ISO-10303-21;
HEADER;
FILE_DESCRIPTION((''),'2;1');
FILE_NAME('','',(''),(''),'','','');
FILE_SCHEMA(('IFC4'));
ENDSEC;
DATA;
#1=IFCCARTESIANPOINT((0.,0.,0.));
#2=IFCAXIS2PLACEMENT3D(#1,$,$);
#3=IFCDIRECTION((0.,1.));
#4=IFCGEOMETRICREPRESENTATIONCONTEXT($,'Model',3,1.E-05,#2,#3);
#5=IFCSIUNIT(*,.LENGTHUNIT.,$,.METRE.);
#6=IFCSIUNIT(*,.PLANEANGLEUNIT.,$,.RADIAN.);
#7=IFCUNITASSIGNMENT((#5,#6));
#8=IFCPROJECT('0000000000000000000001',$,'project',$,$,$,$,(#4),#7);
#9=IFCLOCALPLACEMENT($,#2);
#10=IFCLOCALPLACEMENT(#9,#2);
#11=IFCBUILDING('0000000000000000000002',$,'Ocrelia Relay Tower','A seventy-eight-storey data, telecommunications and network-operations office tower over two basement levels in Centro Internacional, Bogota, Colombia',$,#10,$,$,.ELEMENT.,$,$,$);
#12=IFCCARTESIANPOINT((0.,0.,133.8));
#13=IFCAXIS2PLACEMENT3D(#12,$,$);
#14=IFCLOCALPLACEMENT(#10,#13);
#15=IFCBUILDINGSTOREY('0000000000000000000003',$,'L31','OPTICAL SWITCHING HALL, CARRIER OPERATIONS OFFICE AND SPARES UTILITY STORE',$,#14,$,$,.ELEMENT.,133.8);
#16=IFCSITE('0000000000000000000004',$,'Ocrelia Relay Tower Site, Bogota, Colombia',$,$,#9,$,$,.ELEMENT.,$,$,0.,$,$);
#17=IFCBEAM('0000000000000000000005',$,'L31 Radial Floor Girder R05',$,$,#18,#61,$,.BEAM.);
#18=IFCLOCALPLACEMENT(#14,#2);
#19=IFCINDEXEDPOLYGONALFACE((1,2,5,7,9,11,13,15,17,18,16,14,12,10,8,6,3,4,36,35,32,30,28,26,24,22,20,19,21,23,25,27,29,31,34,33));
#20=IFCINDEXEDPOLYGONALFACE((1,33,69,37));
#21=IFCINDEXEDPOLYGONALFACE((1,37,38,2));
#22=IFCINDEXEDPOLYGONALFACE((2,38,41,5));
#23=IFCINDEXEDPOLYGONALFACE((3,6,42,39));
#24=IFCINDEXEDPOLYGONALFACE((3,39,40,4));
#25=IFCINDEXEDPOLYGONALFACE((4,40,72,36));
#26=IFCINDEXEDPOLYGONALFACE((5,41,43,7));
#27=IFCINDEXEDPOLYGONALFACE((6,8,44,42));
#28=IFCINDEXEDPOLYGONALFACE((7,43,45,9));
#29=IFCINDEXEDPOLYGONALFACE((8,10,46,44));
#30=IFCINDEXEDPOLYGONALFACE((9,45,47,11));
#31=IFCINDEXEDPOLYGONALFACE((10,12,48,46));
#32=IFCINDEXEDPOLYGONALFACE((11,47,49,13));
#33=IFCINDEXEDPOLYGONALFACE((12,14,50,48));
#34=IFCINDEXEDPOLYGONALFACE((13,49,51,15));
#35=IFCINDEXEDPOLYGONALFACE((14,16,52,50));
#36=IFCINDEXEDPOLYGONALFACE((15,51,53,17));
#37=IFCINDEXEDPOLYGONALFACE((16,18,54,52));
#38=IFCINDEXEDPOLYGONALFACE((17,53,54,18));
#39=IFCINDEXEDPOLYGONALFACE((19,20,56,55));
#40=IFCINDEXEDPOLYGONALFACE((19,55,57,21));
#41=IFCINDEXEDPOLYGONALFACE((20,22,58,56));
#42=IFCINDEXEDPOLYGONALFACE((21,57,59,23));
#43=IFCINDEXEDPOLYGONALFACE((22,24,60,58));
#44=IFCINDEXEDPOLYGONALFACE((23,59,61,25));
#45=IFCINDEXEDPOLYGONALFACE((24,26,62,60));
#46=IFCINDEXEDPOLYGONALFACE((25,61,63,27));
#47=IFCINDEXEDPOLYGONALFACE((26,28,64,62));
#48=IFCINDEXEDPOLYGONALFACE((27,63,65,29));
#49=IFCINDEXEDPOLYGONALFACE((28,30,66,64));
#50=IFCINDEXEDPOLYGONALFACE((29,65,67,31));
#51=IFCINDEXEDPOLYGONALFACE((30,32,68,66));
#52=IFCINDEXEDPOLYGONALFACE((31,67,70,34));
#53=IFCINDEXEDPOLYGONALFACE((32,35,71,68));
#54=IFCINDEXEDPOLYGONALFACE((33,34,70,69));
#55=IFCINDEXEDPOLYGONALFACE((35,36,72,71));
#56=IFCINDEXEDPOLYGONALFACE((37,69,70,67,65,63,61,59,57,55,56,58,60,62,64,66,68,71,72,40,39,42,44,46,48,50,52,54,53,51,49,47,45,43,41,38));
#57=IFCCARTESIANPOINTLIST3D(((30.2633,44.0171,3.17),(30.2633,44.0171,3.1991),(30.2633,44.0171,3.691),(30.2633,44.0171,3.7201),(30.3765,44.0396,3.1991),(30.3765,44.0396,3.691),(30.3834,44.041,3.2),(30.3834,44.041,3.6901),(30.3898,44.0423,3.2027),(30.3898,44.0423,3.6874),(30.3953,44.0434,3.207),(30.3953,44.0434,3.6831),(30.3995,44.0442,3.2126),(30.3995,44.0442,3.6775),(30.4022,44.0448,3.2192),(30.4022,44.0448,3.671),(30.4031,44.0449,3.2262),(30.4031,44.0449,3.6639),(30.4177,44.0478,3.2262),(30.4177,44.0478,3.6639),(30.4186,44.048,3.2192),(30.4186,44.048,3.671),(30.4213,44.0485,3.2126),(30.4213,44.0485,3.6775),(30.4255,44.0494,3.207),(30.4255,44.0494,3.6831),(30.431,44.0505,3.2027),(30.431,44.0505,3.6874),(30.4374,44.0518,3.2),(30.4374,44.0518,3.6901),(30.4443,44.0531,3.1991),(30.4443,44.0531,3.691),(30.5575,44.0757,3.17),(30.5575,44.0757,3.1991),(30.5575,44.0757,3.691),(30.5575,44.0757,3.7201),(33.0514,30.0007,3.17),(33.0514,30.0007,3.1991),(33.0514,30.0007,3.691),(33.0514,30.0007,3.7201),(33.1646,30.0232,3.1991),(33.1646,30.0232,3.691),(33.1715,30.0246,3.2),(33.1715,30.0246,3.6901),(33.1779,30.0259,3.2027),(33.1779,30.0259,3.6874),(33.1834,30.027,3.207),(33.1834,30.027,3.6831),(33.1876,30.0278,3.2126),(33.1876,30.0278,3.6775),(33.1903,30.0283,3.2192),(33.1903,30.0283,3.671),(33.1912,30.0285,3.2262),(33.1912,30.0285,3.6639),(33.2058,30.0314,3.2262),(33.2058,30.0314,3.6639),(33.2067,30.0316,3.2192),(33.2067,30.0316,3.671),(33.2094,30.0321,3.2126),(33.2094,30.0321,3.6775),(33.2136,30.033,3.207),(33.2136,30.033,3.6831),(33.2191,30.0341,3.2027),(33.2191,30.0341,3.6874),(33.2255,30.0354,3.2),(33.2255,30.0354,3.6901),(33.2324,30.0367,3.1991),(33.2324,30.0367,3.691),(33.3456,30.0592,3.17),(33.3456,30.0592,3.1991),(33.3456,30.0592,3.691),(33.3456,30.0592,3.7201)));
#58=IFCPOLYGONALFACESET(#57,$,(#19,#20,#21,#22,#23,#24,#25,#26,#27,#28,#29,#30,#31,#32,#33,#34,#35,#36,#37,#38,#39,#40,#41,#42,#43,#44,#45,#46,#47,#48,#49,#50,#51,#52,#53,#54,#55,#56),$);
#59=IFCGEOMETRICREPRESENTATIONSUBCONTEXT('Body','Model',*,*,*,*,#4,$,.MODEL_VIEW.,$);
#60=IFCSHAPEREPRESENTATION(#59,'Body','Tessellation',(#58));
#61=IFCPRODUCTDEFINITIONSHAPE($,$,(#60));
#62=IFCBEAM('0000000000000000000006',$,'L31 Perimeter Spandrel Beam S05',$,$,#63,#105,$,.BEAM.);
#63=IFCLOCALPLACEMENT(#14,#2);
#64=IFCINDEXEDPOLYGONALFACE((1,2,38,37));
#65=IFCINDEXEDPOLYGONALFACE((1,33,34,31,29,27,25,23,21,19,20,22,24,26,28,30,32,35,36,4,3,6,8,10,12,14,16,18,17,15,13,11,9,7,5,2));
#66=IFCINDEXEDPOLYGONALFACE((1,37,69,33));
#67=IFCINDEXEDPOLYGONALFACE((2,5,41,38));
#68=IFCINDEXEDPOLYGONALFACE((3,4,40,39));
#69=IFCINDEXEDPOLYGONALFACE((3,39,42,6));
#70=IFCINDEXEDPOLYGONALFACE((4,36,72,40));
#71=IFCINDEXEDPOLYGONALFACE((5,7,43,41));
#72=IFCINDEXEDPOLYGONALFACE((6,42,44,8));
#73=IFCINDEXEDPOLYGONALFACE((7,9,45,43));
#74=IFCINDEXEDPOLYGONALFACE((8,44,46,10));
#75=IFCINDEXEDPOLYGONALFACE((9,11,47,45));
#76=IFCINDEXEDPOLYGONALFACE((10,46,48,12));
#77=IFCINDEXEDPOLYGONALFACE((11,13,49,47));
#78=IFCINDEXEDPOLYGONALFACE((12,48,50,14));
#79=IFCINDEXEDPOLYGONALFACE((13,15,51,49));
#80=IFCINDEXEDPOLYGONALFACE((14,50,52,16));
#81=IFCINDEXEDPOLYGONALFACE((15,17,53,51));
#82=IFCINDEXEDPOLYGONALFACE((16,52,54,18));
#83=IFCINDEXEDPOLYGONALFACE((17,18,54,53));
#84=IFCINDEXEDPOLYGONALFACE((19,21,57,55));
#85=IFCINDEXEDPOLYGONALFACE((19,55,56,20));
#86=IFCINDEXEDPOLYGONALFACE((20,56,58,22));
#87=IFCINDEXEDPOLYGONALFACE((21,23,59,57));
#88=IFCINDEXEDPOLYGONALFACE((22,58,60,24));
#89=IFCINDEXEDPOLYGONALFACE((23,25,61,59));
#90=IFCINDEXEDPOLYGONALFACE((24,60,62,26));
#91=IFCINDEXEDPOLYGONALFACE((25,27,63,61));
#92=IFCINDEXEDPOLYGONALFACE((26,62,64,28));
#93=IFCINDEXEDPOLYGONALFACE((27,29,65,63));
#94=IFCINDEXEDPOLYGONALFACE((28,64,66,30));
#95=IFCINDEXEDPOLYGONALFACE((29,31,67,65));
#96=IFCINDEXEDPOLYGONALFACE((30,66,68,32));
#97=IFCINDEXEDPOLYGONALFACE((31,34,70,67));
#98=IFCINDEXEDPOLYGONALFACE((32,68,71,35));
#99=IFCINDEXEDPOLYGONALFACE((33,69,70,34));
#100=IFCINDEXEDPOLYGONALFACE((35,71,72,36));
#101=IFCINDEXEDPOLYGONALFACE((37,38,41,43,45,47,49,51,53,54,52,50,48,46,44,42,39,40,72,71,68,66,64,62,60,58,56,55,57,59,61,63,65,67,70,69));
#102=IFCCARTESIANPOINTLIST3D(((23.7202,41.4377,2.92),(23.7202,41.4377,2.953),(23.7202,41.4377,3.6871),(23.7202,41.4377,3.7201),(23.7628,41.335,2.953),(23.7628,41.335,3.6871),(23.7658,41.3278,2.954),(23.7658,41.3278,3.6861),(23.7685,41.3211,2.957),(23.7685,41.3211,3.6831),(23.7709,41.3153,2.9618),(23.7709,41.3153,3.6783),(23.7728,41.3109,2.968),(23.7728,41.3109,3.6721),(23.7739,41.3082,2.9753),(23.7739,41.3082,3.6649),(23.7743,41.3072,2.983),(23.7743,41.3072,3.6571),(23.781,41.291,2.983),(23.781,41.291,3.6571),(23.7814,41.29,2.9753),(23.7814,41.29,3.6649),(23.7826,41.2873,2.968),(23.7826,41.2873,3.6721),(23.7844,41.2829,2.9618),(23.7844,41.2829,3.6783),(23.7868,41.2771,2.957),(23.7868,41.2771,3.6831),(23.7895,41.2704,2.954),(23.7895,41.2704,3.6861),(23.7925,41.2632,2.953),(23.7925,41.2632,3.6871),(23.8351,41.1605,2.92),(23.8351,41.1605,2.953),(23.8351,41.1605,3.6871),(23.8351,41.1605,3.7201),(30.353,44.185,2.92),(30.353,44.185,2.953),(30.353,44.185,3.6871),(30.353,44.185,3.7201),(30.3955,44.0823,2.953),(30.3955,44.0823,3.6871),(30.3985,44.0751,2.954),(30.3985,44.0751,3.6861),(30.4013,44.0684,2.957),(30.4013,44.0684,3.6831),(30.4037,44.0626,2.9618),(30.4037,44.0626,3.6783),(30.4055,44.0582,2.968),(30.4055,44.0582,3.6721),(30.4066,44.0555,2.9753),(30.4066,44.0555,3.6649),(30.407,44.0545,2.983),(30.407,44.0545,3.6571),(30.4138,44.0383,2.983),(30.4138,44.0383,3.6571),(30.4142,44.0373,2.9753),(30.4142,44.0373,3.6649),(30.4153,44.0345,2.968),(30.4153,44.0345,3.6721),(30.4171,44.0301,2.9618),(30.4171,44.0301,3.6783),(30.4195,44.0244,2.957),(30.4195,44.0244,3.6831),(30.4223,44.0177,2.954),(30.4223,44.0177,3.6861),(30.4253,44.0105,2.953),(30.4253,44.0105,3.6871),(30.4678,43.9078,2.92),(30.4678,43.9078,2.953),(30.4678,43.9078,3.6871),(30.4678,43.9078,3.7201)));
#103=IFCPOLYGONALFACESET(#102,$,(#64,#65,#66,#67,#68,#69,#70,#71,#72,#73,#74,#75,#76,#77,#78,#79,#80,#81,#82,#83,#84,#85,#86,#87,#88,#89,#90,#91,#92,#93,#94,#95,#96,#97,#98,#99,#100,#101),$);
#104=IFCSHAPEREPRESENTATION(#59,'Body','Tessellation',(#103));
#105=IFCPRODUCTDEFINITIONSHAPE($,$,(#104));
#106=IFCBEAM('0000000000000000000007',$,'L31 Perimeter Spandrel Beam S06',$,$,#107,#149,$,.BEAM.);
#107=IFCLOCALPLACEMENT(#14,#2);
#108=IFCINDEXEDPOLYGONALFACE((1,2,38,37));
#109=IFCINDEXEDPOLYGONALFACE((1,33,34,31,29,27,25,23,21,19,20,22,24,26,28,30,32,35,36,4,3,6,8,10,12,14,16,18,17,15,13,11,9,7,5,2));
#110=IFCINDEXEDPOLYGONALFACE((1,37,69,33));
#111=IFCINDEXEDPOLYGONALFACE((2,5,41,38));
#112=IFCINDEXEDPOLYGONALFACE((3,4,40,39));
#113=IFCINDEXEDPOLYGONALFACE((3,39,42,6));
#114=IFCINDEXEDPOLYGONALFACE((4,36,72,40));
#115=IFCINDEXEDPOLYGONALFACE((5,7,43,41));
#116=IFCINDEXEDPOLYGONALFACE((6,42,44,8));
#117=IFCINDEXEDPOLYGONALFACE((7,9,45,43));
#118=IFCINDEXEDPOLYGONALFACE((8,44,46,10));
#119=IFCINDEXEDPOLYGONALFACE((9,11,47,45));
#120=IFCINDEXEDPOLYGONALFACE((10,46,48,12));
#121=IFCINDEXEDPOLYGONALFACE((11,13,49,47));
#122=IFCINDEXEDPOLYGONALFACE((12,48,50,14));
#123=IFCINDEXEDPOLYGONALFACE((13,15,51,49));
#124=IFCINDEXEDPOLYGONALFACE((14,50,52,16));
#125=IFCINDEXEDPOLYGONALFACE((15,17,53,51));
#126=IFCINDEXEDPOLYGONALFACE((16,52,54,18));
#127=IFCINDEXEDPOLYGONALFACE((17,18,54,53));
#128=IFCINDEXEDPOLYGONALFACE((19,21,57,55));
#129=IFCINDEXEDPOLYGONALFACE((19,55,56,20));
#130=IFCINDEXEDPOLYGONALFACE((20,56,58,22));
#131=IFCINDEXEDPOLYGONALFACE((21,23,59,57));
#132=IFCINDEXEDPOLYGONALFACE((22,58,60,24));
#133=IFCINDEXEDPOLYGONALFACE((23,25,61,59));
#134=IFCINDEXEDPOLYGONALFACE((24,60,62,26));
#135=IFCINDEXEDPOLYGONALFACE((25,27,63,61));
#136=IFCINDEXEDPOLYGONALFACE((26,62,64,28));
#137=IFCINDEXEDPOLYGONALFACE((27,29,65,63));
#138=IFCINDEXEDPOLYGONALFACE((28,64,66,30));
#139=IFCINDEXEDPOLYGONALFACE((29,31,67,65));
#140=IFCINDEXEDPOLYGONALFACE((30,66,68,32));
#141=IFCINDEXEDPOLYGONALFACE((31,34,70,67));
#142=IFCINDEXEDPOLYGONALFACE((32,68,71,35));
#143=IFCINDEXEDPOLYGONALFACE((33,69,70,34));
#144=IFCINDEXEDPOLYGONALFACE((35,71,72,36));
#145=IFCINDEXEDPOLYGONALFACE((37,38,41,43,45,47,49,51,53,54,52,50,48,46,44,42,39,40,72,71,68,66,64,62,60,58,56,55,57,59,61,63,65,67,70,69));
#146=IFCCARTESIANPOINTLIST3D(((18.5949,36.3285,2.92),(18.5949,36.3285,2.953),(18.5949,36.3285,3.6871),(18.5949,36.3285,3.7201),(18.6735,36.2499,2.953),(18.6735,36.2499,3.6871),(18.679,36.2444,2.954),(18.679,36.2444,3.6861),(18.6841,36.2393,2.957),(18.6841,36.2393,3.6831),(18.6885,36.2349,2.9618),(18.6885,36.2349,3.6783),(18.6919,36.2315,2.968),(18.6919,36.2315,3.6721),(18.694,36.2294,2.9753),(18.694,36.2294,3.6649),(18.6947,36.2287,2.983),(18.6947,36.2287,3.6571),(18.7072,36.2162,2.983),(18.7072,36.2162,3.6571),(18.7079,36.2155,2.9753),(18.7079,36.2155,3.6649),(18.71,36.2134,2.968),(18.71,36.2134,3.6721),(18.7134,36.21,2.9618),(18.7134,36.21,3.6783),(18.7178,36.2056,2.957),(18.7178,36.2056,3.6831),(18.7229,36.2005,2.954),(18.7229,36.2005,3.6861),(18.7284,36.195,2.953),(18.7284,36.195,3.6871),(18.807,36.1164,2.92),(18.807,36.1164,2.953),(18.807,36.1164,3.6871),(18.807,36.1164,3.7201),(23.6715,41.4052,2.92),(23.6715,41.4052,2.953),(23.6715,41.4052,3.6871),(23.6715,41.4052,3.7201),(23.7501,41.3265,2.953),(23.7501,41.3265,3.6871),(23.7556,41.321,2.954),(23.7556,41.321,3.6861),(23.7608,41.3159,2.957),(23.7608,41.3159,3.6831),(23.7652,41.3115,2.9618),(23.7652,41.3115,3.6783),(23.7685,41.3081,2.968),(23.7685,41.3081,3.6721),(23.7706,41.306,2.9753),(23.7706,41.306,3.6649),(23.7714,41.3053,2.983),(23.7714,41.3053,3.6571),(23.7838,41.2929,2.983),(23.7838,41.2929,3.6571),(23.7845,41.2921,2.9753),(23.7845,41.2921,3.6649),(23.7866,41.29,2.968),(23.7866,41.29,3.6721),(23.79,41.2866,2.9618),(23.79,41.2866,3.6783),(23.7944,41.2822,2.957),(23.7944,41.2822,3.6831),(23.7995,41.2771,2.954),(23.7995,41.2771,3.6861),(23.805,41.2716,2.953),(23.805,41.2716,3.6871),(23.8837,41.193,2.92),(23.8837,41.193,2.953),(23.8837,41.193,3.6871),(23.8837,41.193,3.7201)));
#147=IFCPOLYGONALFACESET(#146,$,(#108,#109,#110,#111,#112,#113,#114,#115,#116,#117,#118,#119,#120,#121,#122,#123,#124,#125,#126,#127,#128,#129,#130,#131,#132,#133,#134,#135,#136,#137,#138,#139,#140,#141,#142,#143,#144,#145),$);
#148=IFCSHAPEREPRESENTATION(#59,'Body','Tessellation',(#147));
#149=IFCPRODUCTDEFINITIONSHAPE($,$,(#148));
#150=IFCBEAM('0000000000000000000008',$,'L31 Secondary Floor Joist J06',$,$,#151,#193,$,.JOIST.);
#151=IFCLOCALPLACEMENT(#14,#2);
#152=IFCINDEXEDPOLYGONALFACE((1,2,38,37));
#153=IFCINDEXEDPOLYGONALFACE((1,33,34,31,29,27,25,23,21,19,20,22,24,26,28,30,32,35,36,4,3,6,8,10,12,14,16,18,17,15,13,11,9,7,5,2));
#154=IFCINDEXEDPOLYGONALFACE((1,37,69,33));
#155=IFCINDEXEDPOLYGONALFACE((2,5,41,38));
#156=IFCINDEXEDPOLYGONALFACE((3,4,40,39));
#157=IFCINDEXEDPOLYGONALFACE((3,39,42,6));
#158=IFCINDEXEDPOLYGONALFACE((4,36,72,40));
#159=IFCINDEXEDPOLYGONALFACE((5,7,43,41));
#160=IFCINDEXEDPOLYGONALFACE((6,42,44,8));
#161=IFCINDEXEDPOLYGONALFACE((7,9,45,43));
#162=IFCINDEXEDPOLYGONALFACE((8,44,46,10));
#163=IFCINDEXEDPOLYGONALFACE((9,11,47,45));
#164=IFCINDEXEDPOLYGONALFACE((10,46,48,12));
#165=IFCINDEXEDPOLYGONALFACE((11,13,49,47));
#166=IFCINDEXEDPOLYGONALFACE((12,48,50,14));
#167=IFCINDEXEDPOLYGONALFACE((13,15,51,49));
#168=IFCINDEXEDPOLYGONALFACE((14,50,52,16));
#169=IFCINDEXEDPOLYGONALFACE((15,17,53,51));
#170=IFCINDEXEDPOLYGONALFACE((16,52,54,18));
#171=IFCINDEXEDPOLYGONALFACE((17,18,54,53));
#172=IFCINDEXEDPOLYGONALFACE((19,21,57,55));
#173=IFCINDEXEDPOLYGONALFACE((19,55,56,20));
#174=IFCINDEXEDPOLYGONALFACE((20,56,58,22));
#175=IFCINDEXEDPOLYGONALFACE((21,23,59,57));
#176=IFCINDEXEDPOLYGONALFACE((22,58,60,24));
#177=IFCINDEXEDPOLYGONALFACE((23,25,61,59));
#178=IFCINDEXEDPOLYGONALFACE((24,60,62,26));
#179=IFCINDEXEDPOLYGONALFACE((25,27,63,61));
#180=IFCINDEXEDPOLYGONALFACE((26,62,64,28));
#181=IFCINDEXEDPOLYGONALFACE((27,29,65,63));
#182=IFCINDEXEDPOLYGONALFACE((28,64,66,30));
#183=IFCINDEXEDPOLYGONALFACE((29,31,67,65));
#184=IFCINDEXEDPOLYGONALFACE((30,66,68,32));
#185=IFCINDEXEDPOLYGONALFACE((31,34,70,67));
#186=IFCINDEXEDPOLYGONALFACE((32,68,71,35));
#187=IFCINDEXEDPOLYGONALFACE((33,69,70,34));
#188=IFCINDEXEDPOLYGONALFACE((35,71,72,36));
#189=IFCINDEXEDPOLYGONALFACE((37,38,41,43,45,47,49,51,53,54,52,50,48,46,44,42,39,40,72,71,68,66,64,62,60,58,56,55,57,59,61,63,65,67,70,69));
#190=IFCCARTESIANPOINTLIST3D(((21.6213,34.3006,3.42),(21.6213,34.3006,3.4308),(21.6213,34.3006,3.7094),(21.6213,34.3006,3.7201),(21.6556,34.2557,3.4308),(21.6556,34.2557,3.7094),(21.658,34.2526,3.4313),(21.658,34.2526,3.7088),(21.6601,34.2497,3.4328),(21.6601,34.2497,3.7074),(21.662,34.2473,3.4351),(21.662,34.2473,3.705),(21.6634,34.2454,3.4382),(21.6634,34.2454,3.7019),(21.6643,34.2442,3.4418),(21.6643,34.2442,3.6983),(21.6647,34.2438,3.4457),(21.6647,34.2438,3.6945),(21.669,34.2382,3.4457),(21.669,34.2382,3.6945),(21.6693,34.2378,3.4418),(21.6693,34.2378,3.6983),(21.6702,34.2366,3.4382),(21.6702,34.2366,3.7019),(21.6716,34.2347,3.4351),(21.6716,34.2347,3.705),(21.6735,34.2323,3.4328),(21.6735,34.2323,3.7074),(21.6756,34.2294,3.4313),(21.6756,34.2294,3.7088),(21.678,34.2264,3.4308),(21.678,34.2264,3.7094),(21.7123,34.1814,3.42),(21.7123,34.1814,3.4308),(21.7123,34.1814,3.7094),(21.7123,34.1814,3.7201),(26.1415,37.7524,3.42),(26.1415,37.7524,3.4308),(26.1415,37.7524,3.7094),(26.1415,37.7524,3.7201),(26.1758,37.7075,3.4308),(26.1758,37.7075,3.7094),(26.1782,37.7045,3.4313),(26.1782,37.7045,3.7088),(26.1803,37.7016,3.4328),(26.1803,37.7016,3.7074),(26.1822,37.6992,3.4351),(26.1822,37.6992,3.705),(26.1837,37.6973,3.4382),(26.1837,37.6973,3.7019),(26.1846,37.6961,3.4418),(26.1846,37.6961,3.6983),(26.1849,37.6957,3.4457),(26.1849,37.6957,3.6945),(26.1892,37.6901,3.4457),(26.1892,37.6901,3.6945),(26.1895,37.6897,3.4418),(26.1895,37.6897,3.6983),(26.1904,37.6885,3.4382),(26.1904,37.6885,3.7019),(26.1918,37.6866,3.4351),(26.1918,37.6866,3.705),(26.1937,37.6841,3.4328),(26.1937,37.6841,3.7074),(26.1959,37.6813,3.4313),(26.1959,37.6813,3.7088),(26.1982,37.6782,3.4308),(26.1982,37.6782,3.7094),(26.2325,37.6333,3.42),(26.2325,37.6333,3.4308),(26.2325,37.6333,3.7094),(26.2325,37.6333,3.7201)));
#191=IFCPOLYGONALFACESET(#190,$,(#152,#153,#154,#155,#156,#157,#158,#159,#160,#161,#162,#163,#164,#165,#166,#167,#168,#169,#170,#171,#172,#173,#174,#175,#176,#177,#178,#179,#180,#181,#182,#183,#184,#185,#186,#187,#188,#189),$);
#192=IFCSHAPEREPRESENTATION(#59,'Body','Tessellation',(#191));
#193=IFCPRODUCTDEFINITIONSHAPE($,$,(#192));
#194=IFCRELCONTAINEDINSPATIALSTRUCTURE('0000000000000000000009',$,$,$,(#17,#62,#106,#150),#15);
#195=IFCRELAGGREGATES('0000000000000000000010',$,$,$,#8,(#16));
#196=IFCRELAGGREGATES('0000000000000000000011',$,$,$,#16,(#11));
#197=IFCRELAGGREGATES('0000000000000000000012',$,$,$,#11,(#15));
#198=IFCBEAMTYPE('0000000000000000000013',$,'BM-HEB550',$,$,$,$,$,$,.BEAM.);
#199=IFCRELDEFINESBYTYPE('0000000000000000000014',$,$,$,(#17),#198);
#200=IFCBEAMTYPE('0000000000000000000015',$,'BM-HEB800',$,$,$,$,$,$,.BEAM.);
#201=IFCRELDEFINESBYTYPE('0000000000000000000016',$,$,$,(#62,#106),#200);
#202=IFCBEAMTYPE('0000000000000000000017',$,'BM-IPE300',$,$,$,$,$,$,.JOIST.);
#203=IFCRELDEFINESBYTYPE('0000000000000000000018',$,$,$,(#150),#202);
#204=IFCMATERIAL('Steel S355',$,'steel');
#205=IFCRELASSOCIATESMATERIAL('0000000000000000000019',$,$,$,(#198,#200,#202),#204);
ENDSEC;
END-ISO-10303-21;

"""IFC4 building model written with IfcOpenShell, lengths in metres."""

from ifc_helpers import new_model, si_unit, direction, frame, origin, origin_2d, place, context, subcontext, project, spatial, i_section, extrude, material, material_profile, profile_set, type_object, element, save


model = new_model("IFC4")

# Units and contexts
model_context = context("Model", 3, precision=1e-05, world=origin(), true_north=direction((0.0, 1.0)))
body_context = subcontext(model_context, "Body", "Model", "MODEL_VIEW")
ifc_project = project(units=[si_unit("LENGTHUNIT", "METRE"), si_unit("PLANEANGLEUNIT", "RADIAN")], contexts=[model_context])

# Site, building, storey
site_placement = place(None, origin())
site = spatial("IfcSite", under=ifc_project, at=site_placement, Name="Ocrelia Relay Tower Site, Bogota, Colombia", CompositionType="ELEMENT", RefElevation=0.0)
building_placement = place(site_placement, origin())
building = spatial("IfcBuilding", under=site, at=building_placement, Name="Ocrelia Relay Tower", Description="A seventy-eight-storey data, telecommunications and network-operations office tower over two basement levels in Centro Internacional, Bogota, Colombia", CompositionType="ELEMENT")
storey_placement = place(building_placement, frame((0.0, 0.0, 133.8)))
storey = spatial("IfcBuildingStorey", under=building, at=storey_placement, Name="L31", Description="OPTICAL SWITCHING HALL, CARRIER OPERATIONS OFFICE AND SPARES UTILITY STORE", CompositionType="ELEMENT", Elevation=133.8)

# Beams
ifc_material_1 = material(Name="Steel S355", Category="steel")
ifc_material_profile_1 = material_profile(ifc_material_1, i_section(OverallWidth=0.3, OverallDepth=0.55, WebThickness=0.0149, FlangeThickness=0.0291, FilletRadius=0.0271, at=origin_2d()), Name="HEB 550")
ifc_profile_set_1 = profile_set([ifc_material_profile_1], Name="Steel S355")
beam_type_1 = type_object("IfcBeamType", Name="BM-HEB550", PredefinedType="BEAM", material=ifc_profile_set_1)
beam_1_placement = place(storey_placement, frame((30.4104, 44.0464, 3.4451), z_axis=(0.195094, -0.980784, 0.0), x_axis=(0.980784, 0.195094, 0.0)))
element("IfcBeam", 1, at=beam_1_placement, inside=storey, type_object=beam_type_1, Name="L31 Radial Floor Girder R05", PredefinedType="BEAM", context=body_context, shape_type="SweptSolid", body=[
    extrude(i_section(OverallWidth=0.3, OverallDepth=0.55, WebThickness=0.0149, FlangeThickness=0.0291, FilletRadius=0.0271, at=origin_2d()), origin(), (0.0, 0.0, 1.0), 14.291),
])
ifc_material_profile_2 = material_profile(ifc_material_1, i_section(OverallWidth=0.3, OverallDepth=0.8, WebThickness=0.0176, FlangeThickness=0.033, FilletRadius=0.03, at=origin_2d()), Name="HEB 800")
ifc_profile_set_2 = profile_set([ifc_material_profile_2], Name="Steel S355")
beam_type_2 = type_object("IfcBeamType", Name="BM-HEB800", PredefinedType="BEAM", material=ifc_profile_set_2)
beam_2_placement = place(storey_placement, frame((30.4104, 44.0464, 3.3201), z_axis=(-0.923884, -0.382673, 0.0), x_axis=(0.382673, -0.923884, 0.0)))
element("IfcBeam", 2, at=beam_2_placement, inside=storey, type_object=beam_type_2, Name="L31 Perimeter Spandrel Beam S05", PredefinedType="BEAM", context=body_context, shape_type="SweptSolid", body=[
    extrude(i_section(OverallWidth=0.3, OverallDepth=0.8, WebThickness=0.0176, FlangeThickness=0.033, FilletRadius=0.03, at=origin_2d()), origin(), (0.0, 0.0, 1.0), 7.1792),
])
beam_3_placement = place(storey_placement, frame((23.7776, 41.2991, 3.3201), z_axis=(-0.707107, -0.707107, 0.0), x_axis=(0.707107, -0.707107, 0.0)))
element("IfcBeam", 3, at=beam_3_placement, inside=storey, type_object=beam_type_2, Name="L31 Perimeter Spandrel Beam S06", PredefinedType="BEAM", context=body_context, shape_type="SweptSolid", body=[
    extrude(i_section(OverallWidth=0.3, OverallDepth=0.8, WebThickness=0.0176, FlangeThickness=0.033, FilletRadius=0.03, at=origin_2d()), origin(), (0.0, 0.0, 1.0), 7.1794),
])
ifc_material_profile_3 = material_profile(ifc_material_1, i_section(OverallWidth=0.1499, OverallDepth=0.3, WebThickness=0.0071, FlangeThickness=0.0107, FilletRadius=0.0149, at=origin_2d()), Name="IPE 300")
ifc_profile_set_3 = profile_set([ifc_material_profile_3], Name="Steel S355")
beam_type_3 = type_object("IfcBeamType", Name="BM-IPE300", PredefinedType="JOIST", material=ifc_profile_set_3)
beam_4_placement = place(storey_placement, frame((26.187, 37.6929, 3.5701), z_axis=(-0.794762, -0.606921, 0.0), x_axis=(0.606921, -0.794762, 0.0)))
element("IfcBeam", 4, at=beam_4_placement, inside=storey, type_object=beam_type_3, Name="L31 Secondary Floor Joist J06", PredefinedType="JOIST", context=body_context, shape_type="SweptSolid", body=[
    extrude(i_section(OverallWidth=0.1499, OverallDepth=0.3, WebThickness=0.0071, FlangeThickness=0.0107, FilletRadius=0.0149, at=origin_2d()), origin(), (0.0, 0.0, 1.0), 5.6875),
])

save(model, "model.ifc")
